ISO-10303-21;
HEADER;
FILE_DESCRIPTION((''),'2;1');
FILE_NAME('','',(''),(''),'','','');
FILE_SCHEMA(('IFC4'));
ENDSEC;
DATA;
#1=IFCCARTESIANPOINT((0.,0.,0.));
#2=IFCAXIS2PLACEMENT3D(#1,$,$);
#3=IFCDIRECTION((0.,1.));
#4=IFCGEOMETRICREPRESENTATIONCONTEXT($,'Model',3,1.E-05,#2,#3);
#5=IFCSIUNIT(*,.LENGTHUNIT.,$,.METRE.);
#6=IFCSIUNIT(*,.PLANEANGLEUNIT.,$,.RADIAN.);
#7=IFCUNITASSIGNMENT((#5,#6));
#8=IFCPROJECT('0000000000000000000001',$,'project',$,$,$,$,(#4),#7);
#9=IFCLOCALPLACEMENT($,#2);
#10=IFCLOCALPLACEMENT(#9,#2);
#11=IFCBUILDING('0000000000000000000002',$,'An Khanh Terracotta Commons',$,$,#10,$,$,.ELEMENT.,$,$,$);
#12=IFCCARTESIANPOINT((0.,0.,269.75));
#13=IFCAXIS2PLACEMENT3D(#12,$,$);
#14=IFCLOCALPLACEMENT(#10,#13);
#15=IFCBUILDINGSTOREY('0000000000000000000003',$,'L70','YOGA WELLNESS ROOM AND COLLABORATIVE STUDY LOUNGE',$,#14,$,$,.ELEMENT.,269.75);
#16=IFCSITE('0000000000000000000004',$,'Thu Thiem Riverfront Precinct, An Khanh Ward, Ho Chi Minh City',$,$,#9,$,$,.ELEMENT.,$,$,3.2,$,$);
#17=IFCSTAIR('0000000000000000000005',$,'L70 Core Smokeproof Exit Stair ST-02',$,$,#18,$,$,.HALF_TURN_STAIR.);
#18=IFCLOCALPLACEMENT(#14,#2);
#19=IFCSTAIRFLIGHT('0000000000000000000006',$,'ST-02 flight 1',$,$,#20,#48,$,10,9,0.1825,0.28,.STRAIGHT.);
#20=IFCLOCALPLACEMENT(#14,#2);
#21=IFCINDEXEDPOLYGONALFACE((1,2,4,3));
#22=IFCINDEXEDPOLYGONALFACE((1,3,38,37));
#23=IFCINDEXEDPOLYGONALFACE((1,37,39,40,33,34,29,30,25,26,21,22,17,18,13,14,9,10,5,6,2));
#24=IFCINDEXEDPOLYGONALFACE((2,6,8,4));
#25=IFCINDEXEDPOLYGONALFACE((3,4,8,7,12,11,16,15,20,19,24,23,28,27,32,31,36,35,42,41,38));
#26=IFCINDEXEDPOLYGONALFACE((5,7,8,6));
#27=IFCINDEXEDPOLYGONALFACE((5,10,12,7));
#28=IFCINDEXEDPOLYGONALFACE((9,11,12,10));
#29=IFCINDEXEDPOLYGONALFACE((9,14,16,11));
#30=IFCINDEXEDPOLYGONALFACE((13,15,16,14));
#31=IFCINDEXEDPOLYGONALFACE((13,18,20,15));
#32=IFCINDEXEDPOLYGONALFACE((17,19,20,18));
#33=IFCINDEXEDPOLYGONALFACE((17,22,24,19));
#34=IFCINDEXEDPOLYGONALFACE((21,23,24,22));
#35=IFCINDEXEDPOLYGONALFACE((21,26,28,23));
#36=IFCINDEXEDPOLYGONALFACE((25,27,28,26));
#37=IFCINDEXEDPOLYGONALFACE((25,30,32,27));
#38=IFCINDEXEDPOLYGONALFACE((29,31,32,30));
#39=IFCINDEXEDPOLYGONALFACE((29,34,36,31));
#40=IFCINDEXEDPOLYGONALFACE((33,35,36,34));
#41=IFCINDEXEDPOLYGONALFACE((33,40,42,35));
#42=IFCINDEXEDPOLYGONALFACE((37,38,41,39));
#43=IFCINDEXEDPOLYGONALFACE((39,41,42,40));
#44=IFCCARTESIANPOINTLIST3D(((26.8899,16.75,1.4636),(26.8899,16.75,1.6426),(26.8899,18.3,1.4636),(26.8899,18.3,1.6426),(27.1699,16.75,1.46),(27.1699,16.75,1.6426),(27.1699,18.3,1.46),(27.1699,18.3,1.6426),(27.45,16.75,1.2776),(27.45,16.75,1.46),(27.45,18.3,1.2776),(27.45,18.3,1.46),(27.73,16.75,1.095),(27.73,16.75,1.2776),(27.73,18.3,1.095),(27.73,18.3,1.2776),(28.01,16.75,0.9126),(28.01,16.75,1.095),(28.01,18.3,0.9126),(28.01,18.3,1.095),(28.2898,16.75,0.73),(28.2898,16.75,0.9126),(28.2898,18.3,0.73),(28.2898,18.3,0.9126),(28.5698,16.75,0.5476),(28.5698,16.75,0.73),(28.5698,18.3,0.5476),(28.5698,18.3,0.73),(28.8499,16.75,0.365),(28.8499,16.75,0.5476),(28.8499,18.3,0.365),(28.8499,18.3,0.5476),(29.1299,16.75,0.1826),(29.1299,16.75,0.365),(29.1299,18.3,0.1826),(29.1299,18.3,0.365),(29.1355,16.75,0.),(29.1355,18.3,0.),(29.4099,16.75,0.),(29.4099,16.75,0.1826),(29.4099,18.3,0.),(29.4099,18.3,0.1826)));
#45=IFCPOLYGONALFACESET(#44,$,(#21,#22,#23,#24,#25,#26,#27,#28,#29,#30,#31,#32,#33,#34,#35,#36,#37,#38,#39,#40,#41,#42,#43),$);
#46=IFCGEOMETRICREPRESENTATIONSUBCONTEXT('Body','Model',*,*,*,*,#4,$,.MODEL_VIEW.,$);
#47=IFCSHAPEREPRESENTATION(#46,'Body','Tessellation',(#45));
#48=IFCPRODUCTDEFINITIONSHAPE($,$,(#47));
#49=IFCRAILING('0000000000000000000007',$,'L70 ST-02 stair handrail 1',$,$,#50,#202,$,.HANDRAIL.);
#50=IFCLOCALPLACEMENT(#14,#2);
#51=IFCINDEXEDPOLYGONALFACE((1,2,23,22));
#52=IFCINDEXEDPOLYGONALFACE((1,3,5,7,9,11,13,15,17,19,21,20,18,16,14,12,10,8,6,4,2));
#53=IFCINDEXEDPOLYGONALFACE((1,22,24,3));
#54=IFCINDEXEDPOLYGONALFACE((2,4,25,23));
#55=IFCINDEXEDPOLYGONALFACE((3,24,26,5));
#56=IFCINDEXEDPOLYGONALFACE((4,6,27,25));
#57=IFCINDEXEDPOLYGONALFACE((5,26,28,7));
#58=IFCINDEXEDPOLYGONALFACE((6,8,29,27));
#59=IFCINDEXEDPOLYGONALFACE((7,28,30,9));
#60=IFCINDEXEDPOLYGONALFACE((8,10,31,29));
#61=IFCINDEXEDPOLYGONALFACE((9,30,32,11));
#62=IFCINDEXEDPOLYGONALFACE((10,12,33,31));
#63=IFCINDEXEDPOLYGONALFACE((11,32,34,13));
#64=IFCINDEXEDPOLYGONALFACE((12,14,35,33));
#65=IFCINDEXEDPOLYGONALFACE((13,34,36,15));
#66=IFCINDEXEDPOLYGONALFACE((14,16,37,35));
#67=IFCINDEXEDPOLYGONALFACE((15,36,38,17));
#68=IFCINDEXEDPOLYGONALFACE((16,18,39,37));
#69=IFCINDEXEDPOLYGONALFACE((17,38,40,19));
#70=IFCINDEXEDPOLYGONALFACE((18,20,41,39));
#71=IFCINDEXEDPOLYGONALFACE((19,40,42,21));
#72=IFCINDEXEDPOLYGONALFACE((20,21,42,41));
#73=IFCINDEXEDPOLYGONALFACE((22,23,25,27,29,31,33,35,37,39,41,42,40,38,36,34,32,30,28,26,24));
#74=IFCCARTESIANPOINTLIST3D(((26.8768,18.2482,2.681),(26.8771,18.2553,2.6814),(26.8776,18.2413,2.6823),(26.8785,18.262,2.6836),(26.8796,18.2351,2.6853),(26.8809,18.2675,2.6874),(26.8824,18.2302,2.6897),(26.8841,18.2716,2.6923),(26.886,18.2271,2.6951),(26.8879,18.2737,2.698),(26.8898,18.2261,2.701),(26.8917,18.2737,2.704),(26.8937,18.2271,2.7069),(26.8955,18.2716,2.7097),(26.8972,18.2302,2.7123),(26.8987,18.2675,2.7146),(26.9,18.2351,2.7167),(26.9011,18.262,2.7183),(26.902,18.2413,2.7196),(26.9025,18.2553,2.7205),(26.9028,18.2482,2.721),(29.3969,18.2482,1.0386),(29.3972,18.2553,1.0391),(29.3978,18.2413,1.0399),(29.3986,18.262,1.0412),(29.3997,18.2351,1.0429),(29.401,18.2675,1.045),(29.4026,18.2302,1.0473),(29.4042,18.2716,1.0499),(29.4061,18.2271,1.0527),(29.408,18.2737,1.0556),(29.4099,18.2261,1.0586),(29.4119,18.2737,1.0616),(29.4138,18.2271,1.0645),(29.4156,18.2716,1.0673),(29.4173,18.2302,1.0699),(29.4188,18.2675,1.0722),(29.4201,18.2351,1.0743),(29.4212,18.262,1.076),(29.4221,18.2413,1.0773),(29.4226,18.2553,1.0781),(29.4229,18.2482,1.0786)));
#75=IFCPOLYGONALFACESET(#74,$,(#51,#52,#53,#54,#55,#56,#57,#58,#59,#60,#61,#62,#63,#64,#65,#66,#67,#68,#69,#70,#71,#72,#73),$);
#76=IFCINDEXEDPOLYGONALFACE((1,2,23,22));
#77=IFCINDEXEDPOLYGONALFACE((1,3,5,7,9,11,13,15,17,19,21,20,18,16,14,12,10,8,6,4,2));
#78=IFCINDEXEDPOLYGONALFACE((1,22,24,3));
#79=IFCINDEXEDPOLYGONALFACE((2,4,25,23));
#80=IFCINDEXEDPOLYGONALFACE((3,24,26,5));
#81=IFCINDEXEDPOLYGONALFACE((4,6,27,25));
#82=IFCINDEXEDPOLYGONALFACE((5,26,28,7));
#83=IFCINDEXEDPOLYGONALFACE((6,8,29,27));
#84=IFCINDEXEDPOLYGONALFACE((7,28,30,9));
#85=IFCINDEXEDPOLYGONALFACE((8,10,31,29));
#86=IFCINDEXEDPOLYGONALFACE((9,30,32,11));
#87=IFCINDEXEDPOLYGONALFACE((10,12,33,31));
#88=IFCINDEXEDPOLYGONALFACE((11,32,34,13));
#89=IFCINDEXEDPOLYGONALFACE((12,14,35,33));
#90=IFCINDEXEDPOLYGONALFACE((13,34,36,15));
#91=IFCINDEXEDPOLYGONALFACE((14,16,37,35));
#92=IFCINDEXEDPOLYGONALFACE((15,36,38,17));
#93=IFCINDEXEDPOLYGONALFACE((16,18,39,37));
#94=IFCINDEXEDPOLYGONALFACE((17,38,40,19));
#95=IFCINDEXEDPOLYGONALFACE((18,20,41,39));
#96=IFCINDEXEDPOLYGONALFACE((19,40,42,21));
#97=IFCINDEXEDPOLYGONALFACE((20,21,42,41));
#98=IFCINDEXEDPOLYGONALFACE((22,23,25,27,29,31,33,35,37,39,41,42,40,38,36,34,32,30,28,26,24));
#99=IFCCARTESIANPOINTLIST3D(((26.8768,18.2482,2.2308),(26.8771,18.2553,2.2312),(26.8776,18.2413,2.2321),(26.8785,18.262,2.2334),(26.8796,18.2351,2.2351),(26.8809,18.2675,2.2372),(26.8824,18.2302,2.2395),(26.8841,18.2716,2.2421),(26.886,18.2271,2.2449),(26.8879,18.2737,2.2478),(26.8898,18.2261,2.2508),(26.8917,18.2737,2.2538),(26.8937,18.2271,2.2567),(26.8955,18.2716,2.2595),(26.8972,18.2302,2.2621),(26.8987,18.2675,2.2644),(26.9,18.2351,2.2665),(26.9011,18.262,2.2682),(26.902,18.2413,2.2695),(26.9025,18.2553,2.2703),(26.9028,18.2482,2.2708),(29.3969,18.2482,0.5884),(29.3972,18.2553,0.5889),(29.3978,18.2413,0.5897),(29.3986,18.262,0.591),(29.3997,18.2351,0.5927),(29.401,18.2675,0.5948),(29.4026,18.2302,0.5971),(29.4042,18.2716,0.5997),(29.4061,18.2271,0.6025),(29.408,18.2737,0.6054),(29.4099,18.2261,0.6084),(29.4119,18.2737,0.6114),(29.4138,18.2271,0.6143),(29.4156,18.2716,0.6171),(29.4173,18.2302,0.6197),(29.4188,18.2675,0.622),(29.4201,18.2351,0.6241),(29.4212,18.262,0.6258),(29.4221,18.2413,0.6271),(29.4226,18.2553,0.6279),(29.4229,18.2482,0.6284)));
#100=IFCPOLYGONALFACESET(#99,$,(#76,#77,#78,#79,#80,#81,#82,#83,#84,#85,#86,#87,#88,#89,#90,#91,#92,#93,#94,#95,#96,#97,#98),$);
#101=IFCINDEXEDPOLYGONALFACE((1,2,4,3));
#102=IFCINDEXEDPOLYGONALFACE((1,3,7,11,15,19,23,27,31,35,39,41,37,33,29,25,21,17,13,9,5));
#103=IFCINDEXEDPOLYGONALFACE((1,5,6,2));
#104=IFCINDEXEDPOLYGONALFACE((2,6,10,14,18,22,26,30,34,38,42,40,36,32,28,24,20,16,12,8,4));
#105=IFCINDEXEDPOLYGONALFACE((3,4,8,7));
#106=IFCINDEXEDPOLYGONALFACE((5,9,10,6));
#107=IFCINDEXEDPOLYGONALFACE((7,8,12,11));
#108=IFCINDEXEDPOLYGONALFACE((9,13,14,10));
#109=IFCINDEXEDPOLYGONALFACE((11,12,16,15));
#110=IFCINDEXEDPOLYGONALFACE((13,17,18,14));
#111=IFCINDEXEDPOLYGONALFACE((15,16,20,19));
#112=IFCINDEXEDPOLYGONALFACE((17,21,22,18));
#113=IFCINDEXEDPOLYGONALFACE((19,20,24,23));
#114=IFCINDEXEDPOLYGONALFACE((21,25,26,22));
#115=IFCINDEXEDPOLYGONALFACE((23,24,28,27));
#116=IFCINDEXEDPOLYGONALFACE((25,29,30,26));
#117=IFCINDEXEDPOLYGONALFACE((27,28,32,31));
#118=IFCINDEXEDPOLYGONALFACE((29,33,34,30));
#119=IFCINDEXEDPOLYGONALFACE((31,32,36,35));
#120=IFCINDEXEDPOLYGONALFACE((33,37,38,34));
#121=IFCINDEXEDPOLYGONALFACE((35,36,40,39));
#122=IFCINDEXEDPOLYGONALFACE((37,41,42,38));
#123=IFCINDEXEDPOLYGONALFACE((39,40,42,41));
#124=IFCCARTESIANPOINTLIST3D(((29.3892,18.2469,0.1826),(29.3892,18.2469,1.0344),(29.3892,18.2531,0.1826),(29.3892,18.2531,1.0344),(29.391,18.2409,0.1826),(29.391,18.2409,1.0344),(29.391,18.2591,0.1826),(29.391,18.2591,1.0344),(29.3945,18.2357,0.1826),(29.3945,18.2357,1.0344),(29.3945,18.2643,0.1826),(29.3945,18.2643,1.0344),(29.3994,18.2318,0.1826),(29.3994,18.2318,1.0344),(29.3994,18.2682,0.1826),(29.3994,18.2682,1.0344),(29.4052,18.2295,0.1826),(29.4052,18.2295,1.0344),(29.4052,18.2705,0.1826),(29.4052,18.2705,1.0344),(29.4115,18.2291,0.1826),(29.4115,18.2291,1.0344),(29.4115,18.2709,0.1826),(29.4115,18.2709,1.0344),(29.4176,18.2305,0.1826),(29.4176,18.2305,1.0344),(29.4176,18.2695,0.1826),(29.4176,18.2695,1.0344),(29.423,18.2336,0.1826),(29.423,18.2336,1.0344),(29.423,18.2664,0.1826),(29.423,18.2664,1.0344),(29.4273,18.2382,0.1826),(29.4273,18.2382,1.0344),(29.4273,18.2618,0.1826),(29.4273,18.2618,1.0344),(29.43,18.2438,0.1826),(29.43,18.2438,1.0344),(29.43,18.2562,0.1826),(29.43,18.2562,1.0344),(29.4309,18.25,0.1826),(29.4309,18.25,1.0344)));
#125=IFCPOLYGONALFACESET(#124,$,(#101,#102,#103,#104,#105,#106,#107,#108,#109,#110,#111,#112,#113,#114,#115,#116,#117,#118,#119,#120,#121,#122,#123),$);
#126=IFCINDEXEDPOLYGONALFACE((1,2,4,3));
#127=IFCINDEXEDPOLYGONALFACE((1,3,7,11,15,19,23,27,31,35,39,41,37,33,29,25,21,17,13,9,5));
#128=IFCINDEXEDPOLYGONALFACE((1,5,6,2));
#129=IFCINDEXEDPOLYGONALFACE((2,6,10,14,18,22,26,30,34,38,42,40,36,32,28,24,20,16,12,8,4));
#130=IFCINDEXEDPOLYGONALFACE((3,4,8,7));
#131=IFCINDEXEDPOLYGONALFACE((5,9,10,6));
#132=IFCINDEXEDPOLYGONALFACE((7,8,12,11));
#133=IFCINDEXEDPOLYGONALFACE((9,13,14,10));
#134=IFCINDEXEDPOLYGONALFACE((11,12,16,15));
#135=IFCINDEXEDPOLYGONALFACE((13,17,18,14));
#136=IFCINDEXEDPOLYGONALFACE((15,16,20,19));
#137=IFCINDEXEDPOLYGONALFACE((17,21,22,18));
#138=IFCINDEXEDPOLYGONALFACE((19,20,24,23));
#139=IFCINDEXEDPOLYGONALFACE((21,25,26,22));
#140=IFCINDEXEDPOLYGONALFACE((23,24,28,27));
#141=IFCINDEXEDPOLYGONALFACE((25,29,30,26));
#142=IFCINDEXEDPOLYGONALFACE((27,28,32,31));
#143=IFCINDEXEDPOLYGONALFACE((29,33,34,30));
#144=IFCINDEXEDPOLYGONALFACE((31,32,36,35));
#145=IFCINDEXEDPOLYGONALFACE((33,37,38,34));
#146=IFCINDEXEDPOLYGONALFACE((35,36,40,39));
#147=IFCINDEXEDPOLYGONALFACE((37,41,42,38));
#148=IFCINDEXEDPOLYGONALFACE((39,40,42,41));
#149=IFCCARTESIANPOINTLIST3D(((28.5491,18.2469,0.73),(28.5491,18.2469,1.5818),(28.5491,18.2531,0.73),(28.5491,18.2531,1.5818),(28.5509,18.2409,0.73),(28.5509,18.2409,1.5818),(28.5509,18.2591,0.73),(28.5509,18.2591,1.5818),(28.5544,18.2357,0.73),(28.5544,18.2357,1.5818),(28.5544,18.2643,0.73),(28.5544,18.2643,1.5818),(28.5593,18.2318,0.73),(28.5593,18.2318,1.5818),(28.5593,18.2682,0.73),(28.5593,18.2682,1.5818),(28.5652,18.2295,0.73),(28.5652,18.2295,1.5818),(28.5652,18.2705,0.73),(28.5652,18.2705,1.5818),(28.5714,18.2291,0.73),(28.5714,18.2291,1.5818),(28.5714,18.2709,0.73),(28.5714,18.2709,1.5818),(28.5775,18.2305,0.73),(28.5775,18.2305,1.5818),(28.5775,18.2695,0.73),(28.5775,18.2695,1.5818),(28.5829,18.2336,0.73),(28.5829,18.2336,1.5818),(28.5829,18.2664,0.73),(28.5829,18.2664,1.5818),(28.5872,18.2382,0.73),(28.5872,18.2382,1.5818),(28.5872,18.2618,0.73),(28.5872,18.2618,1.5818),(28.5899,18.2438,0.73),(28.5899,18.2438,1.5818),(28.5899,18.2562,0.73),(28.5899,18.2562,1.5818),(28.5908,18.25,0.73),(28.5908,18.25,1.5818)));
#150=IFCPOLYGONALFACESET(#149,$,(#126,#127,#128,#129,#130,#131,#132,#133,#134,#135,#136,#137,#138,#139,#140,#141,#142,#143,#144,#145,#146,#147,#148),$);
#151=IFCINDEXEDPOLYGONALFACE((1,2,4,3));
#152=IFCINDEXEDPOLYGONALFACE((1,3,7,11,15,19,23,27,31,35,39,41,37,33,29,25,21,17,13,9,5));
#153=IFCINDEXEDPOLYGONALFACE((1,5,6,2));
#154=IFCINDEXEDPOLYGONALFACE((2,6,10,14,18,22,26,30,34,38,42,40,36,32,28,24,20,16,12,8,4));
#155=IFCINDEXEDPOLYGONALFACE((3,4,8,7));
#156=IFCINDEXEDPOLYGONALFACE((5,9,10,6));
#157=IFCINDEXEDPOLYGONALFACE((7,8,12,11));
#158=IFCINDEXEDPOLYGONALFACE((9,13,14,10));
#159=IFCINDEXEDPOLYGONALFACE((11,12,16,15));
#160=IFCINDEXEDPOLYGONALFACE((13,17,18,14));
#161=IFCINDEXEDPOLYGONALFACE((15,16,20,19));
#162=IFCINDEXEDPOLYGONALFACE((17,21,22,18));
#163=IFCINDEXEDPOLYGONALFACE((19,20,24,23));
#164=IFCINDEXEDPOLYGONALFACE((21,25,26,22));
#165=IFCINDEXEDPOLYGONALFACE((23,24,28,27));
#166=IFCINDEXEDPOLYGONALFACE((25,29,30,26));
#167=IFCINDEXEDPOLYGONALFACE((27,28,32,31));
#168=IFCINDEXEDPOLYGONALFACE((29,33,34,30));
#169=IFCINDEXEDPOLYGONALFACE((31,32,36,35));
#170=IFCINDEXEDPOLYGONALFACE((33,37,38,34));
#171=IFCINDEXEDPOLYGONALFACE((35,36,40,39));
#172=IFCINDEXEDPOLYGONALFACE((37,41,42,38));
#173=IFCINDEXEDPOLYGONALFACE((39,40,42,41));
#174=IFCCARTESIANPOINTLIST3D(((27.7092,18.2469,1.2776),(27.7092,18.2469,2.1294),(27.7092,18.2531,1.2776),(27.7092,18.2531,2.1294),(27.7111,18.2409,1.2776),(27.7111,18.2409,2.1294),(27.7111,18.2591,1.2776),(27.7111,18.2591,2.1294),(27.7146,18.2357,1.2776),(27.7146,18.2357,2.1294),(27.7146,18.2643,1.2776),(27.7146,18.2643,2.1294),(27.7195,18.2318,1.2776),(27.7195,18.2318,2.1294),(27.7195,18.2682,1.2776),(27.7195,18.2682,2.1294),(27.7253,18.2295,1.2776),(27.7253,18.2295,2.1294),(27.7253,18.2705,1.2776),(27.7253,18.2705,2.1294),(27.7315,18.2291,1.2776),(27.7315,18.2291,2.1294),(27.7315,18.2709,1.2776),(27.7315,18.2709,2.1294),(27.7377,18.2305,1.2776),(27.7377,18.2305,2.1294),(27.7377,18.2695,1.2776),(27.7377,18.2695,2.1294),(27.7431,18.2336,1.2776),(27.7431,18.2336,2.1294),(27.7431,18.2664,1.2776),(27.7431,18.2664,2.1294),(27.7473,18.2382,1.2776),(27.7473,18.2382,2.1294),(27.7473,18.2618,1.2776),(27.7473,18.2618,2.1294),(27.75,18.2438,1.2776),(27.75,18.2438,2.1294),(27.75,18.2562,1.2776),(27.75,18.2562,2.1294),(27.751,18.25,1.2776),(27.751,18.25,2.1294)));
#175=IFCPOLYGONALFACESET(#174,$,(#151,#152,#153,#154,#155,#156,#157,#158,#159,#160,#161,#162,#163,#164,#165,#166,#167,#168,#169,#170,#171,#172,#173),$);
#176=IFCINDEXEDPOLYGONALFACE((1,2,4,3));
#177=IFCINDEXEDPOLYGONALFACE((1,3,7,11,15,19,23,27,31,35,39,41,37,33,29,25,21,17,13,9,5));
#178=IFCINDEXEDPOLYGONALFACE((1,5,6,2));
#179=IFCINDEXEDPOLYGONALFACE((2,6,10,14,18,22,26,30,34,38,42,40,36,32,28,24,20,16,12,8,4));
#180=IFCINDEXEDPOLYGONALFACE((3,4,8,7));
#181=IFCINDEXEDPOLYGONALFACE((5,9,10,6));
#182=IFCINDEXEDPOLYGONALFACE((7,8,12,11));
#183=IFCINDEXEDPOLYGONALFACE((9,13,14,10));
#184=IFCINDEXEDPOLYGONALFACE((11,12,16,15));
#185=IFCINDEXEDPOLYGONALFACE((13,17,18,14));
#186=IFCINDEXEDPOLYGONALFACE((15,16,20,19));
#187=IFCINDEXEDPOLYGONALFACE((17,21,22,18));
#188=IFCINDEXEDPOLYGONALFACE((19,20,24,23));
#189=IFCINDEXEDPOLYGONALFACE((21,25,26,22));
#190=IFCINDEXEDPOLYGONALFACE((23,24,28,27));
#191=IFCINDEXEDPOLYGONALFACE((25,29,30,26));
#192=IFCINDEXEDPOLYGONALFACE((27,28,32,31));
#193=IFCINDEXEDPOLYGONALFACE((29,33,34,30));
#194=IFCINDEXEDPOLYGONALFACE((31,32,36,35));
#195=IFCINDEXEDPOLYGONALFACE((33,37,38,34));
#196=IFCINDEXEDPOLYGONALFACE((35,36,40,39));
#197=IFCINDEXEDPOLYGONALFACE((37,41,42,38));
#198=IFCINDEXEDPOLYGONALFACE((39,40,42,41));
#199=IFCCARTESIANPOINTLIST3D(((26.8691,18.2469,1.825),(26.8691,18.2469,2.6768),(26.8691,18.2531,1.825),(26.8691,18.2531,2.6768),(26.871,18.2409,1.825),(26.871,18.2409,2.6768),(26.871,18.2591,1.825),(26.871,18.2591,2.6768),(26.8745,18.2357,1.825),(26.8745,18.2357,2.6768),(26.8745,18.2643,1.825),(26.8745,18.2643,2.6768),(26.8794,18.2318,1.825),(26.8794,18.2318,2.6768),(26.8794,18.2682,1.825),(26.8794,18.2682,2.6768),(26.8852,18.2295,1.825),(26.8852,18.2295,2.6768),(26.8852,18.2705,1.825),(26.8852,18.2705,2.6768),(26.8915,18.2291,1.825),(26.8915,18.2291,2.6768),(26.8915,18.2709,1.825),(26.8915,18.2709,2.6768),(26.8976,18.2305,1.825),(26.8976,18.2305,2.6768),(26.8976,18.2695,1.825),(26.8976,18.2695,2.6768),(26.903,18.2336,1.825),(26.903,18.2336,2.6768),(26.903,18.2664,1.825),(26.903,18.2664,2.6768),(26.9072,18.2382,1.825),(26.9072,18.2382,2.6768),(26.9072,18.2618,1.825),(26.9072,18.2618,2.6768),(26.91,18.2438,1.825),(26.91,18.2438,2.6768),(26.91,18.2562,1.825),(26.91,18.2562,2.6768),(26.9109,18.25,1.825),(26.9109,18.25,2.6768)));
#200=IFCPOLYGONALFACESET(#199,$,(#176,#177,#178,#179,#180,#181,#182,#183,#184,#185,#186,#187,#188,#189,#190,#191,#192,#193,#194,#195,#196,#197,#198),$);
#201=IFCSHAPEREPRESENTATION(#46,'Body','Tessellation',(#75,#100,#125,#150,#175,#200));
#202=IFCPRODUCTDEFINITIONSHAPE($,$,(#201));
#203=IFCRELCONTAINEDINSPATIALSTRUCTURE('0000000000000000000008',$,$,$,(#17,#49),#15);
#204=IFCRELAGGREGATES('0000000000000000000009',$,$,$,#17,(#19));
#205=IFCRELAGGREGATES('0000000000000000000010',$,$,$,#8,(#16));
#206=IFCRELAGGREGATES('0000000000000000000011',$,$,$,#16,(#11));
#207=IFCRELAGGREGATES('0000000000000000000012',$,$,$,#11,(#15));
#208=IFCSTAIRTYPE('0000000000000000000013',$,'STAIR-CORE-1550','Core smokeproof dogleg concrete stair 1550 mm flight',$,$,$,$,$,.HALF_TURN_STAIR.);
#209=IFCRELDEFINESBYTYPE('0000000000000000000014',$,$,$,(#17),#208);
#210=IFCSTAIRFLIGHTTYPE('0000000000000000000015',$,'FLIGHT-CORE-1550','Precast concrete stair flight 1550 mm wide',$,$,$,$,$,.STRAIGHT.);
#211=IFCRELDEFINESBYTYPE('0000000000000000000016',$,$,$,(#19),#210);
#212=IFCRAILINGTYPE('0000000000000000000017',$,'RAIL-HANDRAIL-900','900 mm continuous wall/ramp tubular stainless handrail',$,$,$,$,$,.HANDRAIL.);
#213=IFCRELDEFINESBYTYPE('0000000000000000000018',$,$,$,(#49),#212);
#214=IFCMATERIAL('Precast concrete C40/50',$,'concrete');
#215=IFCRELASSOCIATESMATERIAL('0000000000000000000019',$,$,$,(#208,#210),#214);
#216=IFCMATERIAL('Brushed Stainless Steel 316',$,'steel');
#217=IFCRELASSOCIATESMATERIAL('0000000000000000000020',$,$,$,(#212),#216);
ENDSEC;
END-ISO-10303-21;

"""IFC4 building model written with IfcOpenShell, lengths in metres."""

from ifc_helpers import new_model, si_unit, direction, frame, origin, origin_2d, place, context, subcontext, project, spatial, polyline, circle, outline, extrude, material, type_object, element, aggregate, save


model = new_model("IFC4")

# Units and contexts
model_context = context("Model", 3, precision=1e-05, world=origin(), true_north=direction((0.0, 1.0)))
body_context = subcontext(model_context, "Body", "Model", "MODEL_VIEW")
ifc_project = project(units=[si_unit("LENGTHUNIT", "METRE"), si_unit("PLANEANGLEUNIT", "RADIAN")], contexts=[model_context])

# Site, building, storey
site_placement = place(None, origin())
site = spatial("IfcSite", under=ifc_project, at=site_placement, Name="Thu Thiem Riverfront Precinct, An Khanh Ward, Ho Chi Minh City", CompositionType="ELEMENT", RefElevation=3.2)
building_placement = place(site_placement, origin())
building = spatial("IfcBuilding", under=site, at=building_placement, Name="An Khanh Terracotta Commons", CompositionType="ELEMENT")
storey_placement = place(building_placement, frame((0.0, 0.0, 269.75)))
storey = spatial("IfcBuildingStorey", under=building, at=storey_placement, Name="L70", Description="YOGA WELLNESS ROOM AND COLLABORATIVE STUDY LOUNGE", CompositionType="ELEMENT", Elevation=269.75)

# Stair, stair flight
ifc_material_1 = material(Name="Precast concrete C40/50", Category="concrete")
stair_type = type_object("IfcStairType", Name="STAIR-CORE-1550", Description="Core smokeproof dogleg concrete stair 1550 mm flight", PredefinedType="HALF_TURN_STAIR", material=ifc_material_1)
stair_placement = place(storey_placement, origin())
stair = element("IfcStair", 1, at=stair_placement, inside=storey, type_object=stair_type, Name="L70 Core Smokeproof Exit Stair ST-02", PredefinedType="HALF_TURN_STAIR")
stair_flight_type = type_object("IfcStairFlightType", Name="FLIGHT-CORE-1550", Description="Precast concrete stair flight 1550 mm wide", PredefinedType="STRAIGHT", material=ifc_material_1)
stair_flight_placement = place(storey_placement, frame((29.4099, 17.5249, 0.0), z_axis=(0.0, 0.0, 1.0), x_axis=(-1.0, 0.0, 0.0)))
stair_flight = element("IfcStairFlight", 2, at=stair_flight_placement, type_object=stair_flight_type, Name="ST-02 flight 1", NumberOfRisers=10, NumberOfTreads=9, PredefinedType="STRAIGHT", RiserHeight=0.1825, TreadLength=0.28, context=body_context, shape_type="SweptSolid", body=[
    extrude(outline(polyline([(0.0, 0.0), (0.0, 0.1826), (0.28, 0.1826), (0.28, 0.365), (0.5601, 0.365), (0.5601, 0.5476), (0.8401, 0.5476), (0.8401, 0.73), (1.1201, 0.73), (1.1201, 0.9126), (1.3999, 0.9126), (1.3999, 1.095), (1.6799, 1.095), (1.6799, 1.2776), (1.96, 1.2776), (1.96, 1.46), (2.24, 1.46), (2.24, 1.6426), (2.52, 1.6426), (2.52, 1.825), (2.52, 1.4636), (0.2744, 0.0), (0.0, 0.0)])), frame((0.0, 0.7749, 0.0), z_axis=(0.0, -1.0, 0.0), x_axis=(1.0, 0.0, 0.0)), (0.0, 0.0, 1.0), 1.55),
])
aggregate(stair, [stair_flight])

# Railing
ifc_material_2 = material(Name="Brushed Stainless Steel 316", Category="steel")
railing_type_1 = type_object("IfcRailingType", Name="RAIL-HANDRAIL-900", Description="900 mm continuous wall/ramp tubular stainless handrail", PredefinedType="HANDRAIL", material=ifc_material_2)
railing_1_placement = place(storey_placement, frame((29.4099, 18.25, 0.1826)))
element("IfcRailing", 3, at=railing_1_placement, inside=storey, type_object=railing_type_1, Name="L70 ST-02 stair handrail 1", PredefinedType="HANDRAIL", context=body_context, shape_type="SweptSolid", body=[
    extrude(circle(Radius=0.0239, at=origin_2d()), frame((0.0, 0.0, 0.876), z_axis=(-0.837787, 0.0, 0.545998), x_axis=(0.0, -1.0, 0.0)), (0.0, 0.0, 1.0), 3.0081),
    extrude(circle(Radius=0.0239, at=origin_2d()), frame((0.0, 0.0, 0.4258), z_axis=(-0.837787, 0.0, 0.545998), x_axis=(0.0, -1.0, 0.0)), (0.0, 0.0, 1.0), 3.0081),
    extrude(circle(Radius=0.021, at=origin_2d()), origin(), (0.0, 0.0, 1.0), 0.8518),
    extrude(circle(Radius=0.021, at=origin_2d()), frame((-0.8401, 0.0, 0.5474)), (0.0, 0.0, 1.0), 0.8518),
    extrude(circle(Radius=0.021, at=origin_2d()), frame((-1.6799, 0.0, 1.095)), (0.0, 0.0, 1.0), 0.8518),
    extrude(circle(Radius=0.021, at=origin_2d()), frame((-2.52, 0.0, 1.6423)), (0.0, 0.0, 1.0), 0.8518),
])

save(model, "model.ifc")
